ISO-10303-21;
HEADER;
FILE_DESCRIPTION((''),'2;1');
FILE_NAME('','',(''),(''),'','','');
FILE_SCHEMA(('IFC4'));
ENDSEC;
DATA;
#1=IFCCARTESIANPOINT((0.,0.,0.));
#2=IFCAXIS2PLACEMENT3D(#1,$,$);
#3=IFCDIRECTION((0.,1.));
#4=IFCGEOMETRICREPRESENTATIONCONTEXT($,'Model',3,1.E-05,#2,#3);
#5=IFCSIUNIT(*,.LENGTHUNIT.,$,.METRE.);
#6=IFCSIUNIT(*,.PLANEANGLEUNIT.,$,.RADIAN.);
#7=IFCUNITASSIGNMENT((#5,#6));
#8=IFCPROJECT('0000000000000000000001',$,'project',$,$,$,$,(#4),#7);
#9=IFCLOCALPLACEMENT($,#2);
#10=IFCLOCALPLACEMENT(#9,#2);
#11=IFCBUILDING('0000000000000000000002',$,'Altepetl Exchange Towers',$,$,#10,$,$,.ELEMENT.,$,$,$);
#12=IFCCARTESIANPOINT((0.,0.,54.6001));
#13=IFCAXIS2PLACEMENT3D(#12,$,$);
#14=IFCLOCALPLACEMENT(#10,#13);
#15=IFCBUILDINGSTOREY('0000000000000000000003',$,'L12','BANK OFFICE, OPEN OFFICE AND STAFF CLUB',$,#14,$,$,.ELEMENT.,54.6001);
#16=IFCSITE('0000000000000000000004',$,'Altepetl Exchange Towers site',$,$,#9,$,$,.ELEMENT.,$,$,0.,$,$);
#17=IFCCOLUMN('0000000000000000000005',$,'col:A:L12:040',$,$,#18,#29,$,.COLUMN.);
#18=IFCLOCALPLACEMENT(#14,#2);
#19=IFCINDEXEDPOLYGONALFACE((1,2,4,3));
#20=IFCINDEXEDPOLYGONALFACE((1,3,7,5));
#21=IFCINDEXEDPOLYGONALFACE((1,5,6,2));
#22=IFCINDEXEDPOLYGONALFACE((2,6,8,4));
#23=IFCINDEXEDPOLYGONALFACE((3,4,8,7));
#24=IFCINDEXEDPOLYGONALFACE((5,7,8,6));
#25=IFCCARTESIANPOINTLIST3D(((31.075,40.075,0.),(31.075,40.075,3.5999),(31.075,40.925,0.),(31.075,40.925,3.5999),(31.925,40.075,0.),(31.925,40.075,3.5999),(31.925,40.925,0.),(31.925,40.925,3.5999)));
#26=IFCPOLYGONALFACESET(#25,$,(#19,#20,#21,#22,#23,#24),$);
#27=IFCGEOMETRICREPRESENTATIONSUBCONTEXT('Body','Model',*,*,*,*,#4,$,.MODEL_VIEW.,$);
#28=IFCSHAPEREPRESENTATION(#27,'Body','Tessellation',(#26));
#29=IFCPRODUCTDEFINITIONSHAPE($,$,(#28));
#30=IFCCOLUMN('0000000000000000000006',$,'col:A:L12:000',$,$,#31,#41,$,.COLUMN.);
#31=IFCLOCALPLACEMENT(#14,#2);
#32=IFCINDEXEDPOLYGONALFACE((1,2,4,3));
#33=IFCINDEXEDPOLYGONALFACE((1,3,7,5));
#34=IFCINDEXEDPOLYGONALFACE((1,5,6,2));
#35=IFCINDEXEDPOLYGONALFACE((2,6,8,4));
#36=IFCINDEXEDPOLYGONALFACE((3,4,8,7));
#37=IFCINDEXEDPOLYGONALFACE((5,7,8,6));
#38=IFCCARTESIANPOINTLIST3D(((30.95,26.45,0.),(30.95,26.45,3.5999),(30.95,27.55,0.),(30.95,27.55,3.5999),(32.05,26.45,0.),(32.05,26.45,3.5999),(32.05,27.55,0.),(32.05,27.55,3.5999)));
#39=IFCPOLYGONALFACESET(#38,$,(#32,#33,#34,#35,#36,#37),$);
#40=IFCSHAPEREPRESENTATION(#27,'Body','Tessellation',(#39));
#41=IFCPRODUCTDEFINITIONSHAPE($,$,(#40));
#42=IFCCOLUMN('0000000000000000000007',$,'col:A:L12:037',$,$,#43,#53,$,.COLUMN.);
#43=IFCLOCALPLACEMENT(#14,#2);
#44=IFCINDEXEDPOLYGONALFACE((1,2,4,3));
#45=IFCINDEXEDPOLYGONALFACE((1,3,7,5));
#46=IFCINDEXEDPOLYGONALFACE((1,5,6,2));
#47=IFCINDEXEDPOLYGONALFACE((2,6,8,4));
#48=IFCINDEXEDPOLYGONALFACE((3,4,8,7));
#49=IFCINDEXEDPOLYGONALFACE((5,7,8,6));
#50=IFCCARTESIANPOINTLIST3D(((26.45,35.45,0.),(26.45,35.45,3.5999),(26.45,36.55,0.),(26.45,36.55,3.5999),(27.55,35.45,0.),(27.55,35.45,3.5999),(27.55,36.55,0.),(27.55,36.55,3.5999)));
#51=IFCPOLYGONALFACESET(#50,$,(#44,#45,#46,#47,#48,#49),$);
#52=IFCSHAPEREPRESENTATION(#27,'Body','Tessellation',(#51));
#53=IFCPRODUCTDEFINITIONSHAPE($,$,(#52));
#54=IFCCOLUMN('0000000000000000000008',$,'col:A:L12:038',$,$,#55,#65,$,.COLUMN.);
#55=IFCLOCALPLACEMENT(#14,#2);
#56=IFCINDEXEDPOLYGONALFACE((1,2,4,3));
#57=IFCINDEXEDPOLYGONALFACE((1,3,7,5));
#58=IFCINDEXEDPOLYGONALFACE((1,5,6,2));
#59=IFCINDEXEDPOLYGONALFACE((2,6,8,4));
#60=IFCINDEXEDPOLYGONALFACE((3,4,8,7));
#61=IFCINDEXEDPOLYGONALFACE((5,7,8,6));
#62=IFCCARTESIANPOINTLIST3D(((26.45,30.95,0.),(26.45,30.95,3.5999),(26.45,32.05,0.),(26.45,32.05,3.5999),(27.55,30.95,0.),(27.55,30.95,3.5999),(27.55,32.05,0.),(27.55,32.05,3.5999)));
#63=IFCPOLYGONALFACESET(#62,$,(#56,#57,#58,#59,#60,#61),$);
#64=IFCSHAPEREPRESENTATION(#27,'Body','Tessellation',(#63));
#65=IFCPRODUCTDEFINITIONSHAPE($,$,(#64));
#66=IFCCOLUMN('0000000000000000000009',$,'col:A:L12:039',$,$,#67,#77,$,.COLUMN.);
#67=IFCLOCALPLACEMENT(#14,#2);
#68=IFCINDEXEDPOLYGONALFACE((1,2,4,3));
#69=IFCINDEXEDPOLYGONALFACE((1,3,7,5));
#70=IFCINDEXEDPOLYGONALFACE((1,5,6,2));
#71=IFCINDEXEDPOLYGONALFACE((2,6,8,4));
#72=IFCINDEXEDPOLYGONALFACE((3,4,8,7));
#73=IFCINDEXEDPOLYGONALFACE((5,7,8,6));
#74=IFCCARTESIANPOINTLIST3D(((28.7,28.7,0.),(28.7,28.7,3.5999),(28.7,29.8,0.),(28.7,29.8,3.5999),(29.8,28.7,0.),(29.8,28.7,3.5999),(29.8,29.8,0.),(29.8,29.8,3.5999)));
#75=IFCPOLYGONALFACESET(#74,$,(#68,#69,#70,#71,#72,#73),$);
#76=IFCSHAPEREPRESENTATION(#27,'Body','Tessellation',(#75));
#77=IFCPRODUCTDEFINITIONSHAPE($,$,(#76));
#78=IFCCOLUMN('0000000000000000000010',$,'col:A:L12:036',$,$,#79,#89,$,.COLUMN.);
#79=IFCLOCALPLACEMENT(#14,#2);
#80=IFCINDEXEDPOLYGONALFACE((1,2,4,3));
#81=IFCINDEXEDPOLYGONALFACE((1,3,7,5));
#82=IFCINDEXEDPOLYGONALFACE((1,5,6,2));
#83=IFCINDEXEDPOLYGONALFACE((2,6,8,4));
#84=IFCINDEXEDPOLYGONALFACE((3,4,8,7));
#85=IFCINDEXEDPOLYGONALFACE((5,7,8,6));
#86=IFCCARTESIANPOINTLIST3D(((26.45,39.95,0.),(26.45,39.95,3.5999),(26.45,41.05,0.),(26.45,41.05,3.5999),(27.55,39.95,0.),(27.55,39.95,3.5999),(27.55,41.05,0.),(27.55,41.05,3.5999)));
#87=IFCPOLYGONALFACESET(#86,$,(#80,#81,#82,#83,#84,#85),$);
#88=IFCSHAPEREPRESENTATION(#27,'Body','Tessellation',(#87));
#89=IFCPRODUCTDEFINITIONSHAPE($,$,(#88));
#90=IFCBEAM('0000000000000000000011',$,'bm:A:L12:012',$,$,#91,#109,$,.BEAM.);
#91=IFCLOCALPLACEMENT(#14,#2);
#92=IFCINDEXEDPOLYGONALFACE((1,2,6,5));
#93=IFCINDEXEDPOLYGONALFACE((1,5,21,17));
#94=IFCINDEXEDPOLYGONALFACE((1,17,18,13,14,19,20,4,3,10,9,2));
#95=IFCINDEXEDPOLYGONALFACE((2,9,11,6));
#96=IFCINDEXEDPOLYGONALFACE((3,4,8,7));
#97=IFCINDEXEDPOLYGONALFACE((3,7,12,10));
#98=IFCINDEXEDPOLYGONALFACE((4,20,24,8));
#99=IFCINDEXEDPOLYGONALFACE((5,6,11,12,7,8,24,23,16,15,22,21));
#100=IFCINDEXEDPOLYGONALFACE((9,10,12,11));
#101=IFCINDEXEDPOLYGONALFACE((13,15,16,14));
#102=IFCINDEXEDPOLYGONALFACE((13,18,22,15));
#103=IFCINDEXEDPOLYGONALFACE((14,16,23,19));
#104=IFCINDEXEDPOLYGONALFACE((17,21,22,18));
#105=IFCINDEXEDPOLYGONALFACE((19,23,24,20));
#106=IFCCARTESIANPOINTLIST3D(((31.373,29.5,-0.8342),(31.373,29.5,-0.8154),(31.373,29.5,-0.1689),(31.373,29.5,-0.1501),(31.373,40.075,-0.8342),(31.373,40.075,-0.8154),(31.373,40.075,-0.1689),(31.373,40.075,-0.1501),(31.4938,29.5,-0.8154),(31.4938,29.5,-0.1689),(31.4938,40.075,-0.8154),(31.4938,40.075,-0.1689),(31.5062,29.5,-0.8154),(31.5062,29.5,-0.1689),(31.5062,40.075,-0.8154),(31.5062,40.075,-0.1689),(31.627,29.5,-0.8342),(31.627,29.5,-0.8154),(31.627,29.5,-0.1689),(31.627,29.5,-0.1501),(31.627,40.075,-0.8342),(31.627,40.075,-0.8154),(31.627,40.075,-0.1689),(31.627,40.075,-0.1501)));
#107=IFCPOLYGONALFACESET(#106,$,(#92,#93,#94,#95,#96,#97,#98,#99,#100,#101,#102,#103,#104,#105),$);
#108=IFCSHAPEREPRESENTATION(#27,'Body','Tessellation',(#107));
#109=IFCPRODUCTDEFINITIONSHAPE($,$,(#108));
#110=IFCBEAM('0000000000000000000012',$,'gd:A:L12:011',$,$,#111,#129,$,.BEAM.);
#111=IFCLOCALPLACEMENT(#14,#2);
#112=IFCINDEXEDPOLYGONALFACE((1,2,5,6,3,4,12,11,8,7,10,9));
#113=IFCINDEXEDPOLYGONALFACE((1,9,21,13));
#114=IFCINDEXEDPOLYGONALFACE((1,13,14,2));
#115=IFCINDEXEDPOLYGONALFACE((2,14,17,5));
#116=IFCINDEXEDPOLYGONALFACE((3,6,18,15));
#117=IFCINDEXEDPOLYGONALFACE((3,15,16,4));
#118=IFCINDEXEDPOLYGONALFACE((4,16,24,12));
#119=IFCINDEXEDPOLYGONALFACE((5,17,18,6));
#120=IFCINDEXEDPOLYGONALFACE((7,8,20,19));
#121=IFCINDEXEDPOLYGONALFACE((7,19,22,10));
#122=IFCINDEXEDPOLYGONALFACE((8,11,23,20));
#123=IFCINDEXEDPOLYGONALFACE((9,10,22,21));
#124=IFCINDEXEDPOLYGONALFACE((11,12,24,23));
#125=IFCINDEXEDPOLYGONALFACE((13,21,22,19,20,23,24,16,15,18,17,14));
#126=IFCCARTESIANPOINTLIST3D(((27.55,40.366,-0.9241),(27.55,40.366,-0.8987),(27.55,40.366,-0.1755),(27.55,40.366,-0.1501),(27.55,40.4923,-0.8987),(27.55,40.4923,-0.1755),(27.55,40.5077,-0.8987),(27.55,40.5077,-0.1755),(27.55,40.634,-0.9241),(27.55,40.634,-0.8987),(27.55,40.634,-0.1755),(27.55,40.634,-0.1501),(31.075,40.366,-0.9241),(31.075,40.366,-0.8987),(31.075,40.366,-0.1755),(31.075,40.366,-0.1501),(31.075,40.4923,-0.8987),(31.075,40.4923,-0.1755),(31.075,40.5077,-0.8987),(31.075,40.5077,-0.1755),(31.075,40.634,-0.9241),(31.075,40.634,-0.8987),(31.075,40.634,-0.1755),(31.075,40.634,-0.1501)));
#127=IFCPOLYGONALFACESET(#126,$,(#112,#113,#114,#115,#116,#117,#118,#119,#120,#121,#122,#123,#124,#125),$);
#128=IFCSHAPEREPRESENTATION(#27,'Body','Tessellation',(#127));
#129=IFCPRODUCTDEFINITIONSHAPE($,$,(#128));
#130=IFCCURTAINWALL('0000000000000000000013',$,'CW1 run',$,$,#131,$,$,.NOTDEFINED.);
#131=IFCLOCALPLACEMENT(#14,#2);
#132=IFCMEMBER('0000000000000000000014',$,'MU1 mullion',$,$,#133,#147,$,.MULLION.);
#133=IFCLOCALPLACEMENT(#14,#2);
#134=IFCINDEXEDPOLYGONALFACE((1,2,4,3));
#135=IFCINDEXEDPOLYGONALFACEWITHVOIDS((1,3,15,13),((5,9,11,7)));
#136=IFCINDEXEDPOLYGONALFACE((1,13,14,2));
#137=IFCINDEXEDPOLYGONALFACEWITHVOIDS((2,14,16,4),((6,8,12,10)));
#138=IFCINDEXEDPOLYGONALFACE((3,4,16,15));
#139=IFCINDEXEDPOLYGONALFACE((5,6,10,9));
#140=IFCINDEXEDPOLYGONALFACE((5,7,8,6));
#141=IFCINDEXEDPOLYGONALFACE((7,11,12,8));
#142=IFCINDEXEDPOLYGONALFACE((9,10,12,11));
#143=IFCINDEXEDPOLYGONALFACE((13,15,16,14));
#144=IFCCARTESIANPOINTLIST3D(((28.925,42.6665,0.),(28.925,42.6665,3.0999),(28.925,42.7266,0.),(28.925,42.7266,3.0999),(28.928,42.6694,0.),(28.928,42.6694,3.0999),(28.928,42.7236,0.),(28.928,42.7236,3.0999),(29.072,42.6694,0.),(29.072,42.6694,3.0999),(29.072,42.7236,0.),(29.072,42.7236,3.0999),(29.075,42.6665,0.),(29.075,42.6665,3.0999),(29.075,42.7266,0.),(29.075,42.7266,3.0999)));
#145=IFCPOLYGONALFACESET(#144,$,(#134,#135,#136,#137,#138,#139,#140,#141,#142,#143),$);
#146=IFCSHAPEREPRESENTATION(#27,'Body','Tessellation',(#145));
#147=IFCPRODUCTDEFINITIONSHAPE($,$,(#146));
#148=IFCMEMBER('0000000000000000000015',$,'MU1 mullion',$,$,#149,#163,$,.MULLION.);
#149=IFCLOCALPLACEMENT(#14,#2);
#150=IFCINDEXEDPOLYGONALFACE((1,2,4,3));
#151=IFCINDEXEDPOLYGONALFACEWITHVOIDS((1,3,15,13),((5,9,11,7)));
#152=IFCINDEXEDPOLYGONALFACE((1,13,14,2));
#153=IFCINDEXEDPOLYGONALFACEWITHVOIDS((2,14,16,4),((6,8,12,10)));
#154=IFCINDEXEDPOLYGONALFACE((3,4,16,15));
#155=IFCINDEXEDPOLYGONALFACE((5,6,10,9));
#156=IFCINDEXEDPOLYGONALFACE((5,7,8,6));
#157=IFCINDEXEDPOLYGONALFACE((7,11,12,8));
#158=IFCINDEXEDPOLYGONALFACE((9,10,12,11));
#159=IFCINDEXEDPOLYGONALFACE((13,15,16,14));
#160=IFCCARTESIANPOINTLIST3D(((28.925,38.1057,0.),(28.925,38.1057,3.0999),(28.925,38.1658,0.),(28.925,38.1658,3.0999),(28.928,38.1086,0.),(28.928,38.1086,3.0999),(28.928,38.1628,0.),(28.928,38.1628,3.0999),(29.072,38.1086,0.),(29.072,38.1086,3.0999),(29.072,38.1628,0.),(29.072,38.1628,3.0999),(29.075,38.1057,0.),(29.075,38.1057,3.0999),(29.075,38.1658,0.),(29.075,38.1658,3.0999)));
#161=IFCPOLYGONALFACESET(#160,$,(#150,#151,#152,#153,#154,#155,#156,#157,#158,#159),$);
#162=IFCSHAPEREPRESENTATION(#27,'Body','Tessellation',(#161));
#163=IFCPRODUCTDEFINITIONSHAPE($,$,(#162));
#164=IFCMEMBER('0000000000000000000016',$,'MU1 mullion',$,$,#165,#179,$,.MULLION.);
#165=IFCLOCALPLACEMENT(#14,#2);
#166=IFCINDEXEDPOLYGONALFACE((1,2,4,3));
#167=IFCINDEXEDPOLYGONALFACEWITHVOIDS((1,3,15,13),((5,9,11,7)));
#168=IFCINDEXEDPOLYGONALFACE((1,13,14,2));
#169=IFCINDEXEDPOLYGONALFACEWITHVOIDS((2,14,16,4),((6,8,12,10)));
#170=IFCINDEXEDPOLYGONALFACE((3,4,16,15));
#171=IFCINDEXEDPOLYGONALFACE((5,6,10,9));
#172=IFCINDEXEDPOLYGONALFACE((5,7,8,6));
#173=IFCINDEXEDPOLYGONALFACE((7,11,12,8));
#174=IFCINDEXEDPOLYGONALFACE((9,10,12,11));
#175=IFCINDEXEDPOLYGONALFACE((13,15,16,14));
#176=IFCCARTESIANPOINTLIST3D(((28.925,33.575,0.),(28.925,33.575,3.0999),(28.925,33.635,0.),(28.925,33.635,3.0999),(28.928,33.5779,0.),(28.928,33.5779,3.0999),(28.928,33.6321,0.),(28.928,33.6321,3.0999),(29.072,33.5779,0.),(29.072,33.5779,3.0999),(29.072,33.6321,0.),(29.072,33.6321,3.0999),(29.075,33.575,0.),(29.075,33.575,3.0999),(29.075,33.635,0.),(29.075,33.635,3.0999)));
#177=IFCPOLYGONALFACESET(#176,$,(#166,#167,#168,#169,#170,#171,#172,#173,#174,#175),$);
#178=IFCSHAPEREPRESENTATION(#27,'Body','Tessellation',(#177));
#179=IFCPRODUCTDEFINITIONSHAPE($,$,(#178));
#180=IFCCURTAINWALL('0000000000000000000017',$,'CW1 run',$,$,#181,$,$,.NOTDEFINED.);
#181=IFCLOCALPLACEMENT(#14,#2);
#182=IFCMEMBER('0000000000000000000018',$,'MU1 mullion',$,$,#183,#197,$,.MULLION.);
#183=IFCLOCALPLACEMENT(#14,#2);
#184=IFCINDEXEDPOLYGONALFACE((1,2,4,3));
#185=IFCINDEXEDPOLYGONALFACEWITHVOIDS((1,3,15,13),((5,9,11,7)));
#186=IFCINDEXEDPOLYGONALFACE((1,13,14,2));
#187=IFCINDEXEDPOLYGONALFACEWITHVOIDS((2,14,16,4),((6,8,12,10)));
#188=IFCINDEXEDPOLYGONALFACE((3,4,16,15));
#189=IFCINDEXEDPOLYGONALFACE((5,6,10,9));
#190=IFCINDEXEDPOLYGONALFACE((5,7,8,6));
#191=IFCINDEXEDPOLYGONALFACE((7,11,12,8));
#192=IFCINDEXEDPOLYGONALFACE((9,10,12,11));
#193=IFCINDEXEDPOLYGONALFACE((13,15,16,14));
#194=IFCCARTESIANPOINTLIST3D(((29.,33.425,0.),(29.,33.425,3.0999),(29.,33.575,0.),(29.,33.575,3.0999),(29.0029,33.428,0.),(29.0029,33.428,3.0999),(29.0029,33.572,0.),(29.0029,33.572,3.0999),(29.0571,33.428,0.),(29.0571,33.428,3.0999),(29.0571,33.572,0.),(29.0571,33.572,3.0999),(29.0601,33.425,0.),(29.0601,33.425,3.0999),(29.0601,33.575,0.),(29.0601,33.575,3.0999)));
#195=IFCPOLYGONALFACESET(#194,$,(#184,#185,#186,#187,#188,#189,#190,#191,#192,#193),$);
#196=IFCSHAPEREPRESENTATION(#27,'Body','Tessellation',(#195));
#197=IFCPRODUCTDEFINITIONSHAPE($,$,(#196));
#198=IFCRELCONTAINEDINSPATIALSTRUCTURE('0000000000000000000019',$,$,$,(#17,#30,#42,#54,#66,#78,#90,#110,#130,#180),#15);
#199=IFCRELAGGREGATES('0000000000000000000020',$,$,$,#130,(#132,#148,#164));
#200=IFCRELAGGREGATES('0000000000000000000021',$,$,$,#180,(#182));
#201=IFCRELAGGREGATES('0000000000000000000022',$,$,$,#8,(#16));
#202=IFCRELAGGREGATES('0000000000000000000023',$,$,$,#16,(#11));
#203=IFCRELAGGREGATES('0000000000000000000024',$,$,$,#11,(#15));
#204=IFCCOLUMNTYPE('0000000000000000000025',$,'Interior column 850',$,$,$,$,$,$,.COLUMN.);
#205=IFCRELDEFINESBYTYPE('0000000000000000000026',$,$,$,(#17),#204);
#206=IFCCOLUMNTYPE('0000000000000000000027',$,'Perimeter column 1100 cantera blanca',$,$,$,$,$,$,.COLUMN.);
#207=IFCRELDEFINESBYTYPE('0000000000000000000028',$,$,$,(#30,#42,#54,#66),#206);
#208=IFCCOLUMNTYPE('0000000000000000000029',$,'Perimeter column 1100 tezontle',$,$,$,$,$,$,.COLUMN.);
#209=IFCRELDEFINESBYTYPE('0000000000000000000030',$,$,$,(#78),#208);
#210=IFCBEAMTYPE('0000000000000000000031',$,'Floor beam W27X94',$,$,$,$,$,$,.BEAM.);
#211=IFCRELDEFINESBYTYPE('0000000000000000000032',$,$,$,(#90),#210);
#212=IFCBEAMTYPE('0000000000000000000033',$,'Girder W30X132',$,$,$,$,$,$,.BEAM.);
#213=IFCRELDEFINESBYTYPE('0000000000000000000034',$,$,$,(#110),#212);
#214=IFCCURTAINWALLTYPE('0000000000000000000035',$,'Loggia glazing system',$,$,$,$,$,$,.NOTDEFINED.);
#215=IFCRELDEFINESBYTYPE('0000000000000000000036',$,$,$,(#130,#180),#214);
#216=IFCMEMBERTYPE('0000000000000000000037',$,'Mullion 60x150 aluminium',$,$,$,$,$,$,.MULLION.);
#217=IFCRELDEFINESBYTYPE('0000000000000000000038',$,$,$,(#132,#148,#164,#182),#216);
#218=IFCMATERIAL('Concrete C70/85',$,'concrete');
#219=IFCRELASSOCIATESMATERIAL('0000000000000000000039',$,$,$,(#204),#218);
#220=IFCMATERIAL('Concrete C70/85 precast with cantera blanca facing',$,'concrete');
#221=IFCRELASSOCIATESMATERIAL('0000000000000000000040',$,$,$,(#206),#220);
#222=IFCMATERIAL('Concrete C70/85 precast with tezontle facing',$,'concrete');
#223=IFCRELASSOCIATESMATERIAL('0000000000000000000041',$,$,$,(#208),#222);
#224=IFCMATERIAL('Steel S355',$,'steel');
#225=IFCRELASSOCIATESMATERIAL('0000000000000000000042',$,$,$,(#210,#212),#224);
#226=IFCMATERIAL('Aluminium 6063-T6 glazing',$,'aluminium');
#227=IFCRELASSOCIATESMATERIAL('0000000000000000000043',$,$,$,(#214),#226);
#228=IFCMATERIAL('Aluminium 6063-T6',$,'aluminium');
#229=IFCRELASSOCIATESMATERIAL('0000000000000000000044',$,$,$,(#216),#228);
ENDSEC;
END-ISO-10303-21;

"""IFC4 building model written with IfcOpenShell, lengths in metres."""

from ifc_helpers import new_model, si_unit, direction, frame, origin, origin_2d, place, context, subcontext, project, spatial, rectangle, hollow_rectangle, i_section, extrude, material, material_profile, profile_set, type_object, element, aggregate, save


model = new_model("IFC4")

# Units and contexts
model_context = context("Model", 3, precision=1e-05, world=origin(), true_north=direction((0.0, 1.0)))
body_context = subcontext(model_context, "Body", "Model", "MODEL_VIEW")
ifc_project = project(units=[si_unit("LENGTHUNIT", "METRE"), si_unit("PLANEANGLEUNIT", "RADIAN")], contexts=[model_context])

# Site, building, storey
site_placement = place(None, origin())
site = spatial("IfcSite", under=ifc_project, at=site_placement, Name="Altepetl Exchange Towers site", CompositionType="ELEMENT", RefElevation=0.0)
building_placement = place(site_placement, origin())
building = spatial("IfcBuilding", under=site, at=building_placement, Name="Altepetl Exchange Towers", CompositionType="ELEMENT")
storey_placement = place(building_placement, frame((0.0, 0.0, 54.6001)))
storey = spatial("IfcBuildingStorey", under=building, at=storey_placement, Name="L12", Description="BANK OFFICE, OPEN OFFICE AND STAFF CLUB", CompositionType="ELEMENT", Elevation=54.6001)

# Columns
ifc_material_1 = material(Name="Concrete C70/85", Category="concrete")
ifc_material_profile_1 = material_profile(ifc_material_1, rectangle(XDim=0.8501, YDim=0.8501, at=origin_2d()), Name="850 x 850")
ifc_profile_set_1 = profile_set([ifc_material_profile_1], Name="Concrete C70/85")
column_type_1 = type_object("IfcColumnType", Name="Interior column 850", PredefinedType="COLUMN", material=ifc_profile_set_1)
column_1_placement = place(storey_placement, frame((31.5, 40.5, 0.0)))
element("IfcColumn", 1, at=column_1_placement, inside=storey, type_object=column_type_1, Name="col:A:L12:040", PredefinedType="COLUMN", context=body_context, shape_type="SweptSolid", body=[
    extrude(rectangle(XDim=0.8501, YDim=0.8501, at=origin_2d()), origin(), (0.0, 0.0, 1.0), 3.5999),
])
ifc_material_2 = material(Name="Concrete C70/85 precast with cantera blanca facing", Category="concrete")
ifc_material_profile_2 = material_profile(ifc_material_2, rectangle(XDim=1.1001, YDim=1.1001, at=origin_2d()), Name="1100 x 1100")
ifc_profile_set_2 = profile_set([ifc_material_profile_2], Name="Concrete C70/85 precast with cantera blanca facing")
column_type_2 = type_object("IfcColumnType", Name="Perimeter column 1100 cantera blanca", PredefinedType="COLUMN", material=ifc_profile_set_2)
for number, where, name in (
    (2, (31.5, 27.0, 0.0), "col:A:L12:000"),
    (3, (27.0, 36.0, 0.0), "col:A:L12:037"),
    (4, (27.0, 31.5, 0.0), "col:A:L12:038"),
    (5, (29.25, 29.25, 0.0), "col:A:L12:039"),
):
    element("IfcColumn", number, at=place(storey_placement, frame(where)), inside=storey, type_object=column_type_2, Name=name, PredefinedType="COLUMN", context=body_context, shape_type="SweptSolid", body=[
        extrude(rectangle(XDim=1.1001, YDim=1.1001, at=origin_2d()), origin(), (0.0, 0.0, 1.0), 3.5999),
    ])
ifc_material_3 = material(Name="Concrete C70/85 precast with tezontle facing", Category="concrete")
ifc_material_profile_3 = material_profile(ifc_material_3, rectangle(XDim=1.1001, YDim=1.1001, at=origin_2d()), Name="1100 x 1100")
ifc_profile_set_3 = profile_set([ifc_material_profile_3], Name="Concrete C70/85 precast with tezontle facing")
column_type_3 = type_object("IfcColumnType", Name="Perimeter column 1100 tezontle", PredefinedType="COLUMN", material=ifc_profile_set_3)
column_2_placement = place(storey_placement, frame((27.0, 40.5, 0.0)))
element("IfcColumn", 6, at=column_2_placement, inside=storey, type_object=column_type_3, Name="col:A:L12:036", PredefinedType="COLUMN", context=body_context, shape_type="SweptSolid", body=[
    extrude(rectangle(XDim=1.1001, YDim=1.1001, at=origin_2d()), origin(), (0.0, 0.0, 1.0), 3.5999),
])

# Beams
ifc_material_4 = material(Name="Steel S355", Category="steel")
ifc_material_profile_4 = material_profile(ifc_material_4, i_section(OverallWidth=0.2539, OverallDepth=0.6841, WebThickness=0.0125, FlangeThickness=0.0188, at=origin_2d()), Name="W27X94")
ifc_profile_set_4 = profile_set([ifc_material_profile_4], Name="Steel S355")
beam_type_1 = type_object("IfcBeamType", Name="Floor beam W27X94", PredefinedType="BEAM", material=ifc_profile_set_4)
beam_1_placement = place(storey_placement, frame((31.5, 29.5, -0.4922), z_axis=(0.0, 1.0, 0.0), x_axis=(-1.0, 0.0, 0.0)))
element("IfcBeam", 7, at=beam_1_placement, inside=storey, type_object=beam_type_1, Name="bm:A:L12:012", PredefinedType="BEAM", context=body_context, shape_type="SweptSolid", body=[
    extrude(i_section(OverallWidth=0.2539, OverallDepth=0.6841, WebThickness=0.0125, FlangeThickness=0.0188, at=origin_2d()), origin(), (0.0, 0.0, 1.0), 10.575),
])
ifc_material_profile_5 = material_profile(ifc_material_4, i_section(OverallWidth=0.2681, OverallDepth=0.7739, WebThickness=0.0154, FlangeThickness=0.0254, at=origin_2d()), Name="W30X132")
ifc_profile_set_5 = profile_set([ifc_material_profile_5], Name="Steel S355")
beam_type_2 = type_object("IfcBeamType", Name="Girder W30X132", PredefinedType="BEAM", material=ifc_profile_set_5)
beam_2_placement = place(storey_placement, frame((31.075, 40.5, -0.5371), z_axis=(-1.0, 0.0, 0.0), x_axis=(0.0, -1.0, 0.0)))
element("IfcBeam", 8, at=beam_2_placement, inside=storey, type_object=beam_type_2, Name="gd:A:L12:011", PredefinedType="BEAM", context=body_context, shape_type="SweptSolid", body=[
    extrude(i_section(OverallWidth=0.2681, OverallDepth=0.7739, WebThickness=0.0154, FlangeThickness=0.0254, at=origin_2d()), origin(), (0.0, 0.0, 1.0), 3.5249),
])

# Curtain walls, members
ifc_material_5 = material(Name="Aluminium 6063-T6 glazing", Category="aluminium")
curtain_wall_type = type_object("IfcCurtainWallType", Name="Loggia glazing system", PredefinedType="NOTDEFINED", material=ifc_material_5)
curtain_wall_1_placement = place(storey_placement, origin())
curtain_wall_1 = element("IfcCurtainWall", 9, at=curtain_wall_1_placement, inside=storey, type_object=curtain_wall_type, Name="CW1 run", PredefinedType="NOTDEFINED")
ifc_material_6 = material(Name="Aluminium 6063-T6", Category="aluminium")
ifc_material_profile_6 = material_profile(ifc_material_6, hollow_rectangle(XDim=0.0601, YDim=0.1499, WallThickness=0.0029, at=origin_2d()), Name="Mullion 60x150 aluminium")
ifc_profile_set_6 = profile_set([ifc_material_profile_6], Name="Aluminium 6063-T6")
member_type = type_object("IfcMemberType", Name="Mullion 60x150 aluminium", PredefinedType="MULLION", material=ifc_profile_set_6)
member_1_placement = place(storey_placement, frame((29.0, 42.6965, 0.0), z_axis=(0.0, 0.0, 1.0), x_axis=(0.0, -1.0, 0.0)))
member_1 = element("IfcMember", 10, at=member_1_placement, type_object=member_type, Name="MU1 mullion", PredefinedType="MULLION", context=body_context, shape_type="SweptSolid", body=[
    extrude(hollow_rectangle(XDim=0.0601, YDim=0.1499, WallThickness=0.0029, at=origin_2d()), origin(), (0.0, 0.0, 1.0), 3.0999),
])
member_2_placement = place(storey_placement, frame((29.0, 38.1357, 0.0), z_axis=(0.0, 0.0, 1.0), x_axis=(0.0, -1.0, 0.0)))
member_2 = element("IfcMember", 11, at=member_2_placement, type_object=member_type, Name="MU1 mullion", PredefinedType="MULLION", context=body_context, shape_type="SweptSolid", body=[
    extrude(hollow_rectangle(XDim=0.0601, YDim=0.1499, WallThickness=0.0029, at=origin_2d()), origin(), (0.0, 0.0, 1.0), 3.0999),
])
member_3_placement = place(storey_placement, frame((29.0, 33.605, 0.0), z_axis=(0.0, 0.0, 1.0), x_axis=(0.0, -1.0, 0.0)))
member_3 = element("IfcMember", 12, at=member_3_placement, type_object=member_type, Name="MU1 mullion", PredefinedType="MULLION", context=body_context, shape_type="SweptSolid", body=[
    extrude(hollow_rectangle(XDim=0.0601, YDim=0.1499, WallThickness=0.0029, at=origin_2d()), origin(), (0.0, 0.0, 1.0), 3.0999),
])
curtain_wall_2_placement = place(storey_placement, origin())
curtain_wall_2 = element("IfcCurtainWall", 13, at=curtain_wall_2_placement, inside=storey, type_object=curtain_wall_type, Name="CW1 run", PredefinedType="NOTDEFINED")
member_4_placement = place(storey_placement, frame((29.03, 33.5, 0.0)))
member_4 = element("IfcMember", 14, at=member_4_placement, type_object=member_type, Name="MU1 mullion", PredefinedType="MULLION", context=body_context, shape_type="SweptSolid", body=[
    extrude(hollow_rectangle(XDim=0.0601, YDim=0.1499, WallThickness=0.0029, at=origin_2d()), origin(), (0.0, 0.0, 1.0), 3.0999),
])

aggregate(curtain_wall_1, [member_1, member_2, member_3])
aggregate(curtain_wall_2, [member_4])

save(model, "model.ifc")
